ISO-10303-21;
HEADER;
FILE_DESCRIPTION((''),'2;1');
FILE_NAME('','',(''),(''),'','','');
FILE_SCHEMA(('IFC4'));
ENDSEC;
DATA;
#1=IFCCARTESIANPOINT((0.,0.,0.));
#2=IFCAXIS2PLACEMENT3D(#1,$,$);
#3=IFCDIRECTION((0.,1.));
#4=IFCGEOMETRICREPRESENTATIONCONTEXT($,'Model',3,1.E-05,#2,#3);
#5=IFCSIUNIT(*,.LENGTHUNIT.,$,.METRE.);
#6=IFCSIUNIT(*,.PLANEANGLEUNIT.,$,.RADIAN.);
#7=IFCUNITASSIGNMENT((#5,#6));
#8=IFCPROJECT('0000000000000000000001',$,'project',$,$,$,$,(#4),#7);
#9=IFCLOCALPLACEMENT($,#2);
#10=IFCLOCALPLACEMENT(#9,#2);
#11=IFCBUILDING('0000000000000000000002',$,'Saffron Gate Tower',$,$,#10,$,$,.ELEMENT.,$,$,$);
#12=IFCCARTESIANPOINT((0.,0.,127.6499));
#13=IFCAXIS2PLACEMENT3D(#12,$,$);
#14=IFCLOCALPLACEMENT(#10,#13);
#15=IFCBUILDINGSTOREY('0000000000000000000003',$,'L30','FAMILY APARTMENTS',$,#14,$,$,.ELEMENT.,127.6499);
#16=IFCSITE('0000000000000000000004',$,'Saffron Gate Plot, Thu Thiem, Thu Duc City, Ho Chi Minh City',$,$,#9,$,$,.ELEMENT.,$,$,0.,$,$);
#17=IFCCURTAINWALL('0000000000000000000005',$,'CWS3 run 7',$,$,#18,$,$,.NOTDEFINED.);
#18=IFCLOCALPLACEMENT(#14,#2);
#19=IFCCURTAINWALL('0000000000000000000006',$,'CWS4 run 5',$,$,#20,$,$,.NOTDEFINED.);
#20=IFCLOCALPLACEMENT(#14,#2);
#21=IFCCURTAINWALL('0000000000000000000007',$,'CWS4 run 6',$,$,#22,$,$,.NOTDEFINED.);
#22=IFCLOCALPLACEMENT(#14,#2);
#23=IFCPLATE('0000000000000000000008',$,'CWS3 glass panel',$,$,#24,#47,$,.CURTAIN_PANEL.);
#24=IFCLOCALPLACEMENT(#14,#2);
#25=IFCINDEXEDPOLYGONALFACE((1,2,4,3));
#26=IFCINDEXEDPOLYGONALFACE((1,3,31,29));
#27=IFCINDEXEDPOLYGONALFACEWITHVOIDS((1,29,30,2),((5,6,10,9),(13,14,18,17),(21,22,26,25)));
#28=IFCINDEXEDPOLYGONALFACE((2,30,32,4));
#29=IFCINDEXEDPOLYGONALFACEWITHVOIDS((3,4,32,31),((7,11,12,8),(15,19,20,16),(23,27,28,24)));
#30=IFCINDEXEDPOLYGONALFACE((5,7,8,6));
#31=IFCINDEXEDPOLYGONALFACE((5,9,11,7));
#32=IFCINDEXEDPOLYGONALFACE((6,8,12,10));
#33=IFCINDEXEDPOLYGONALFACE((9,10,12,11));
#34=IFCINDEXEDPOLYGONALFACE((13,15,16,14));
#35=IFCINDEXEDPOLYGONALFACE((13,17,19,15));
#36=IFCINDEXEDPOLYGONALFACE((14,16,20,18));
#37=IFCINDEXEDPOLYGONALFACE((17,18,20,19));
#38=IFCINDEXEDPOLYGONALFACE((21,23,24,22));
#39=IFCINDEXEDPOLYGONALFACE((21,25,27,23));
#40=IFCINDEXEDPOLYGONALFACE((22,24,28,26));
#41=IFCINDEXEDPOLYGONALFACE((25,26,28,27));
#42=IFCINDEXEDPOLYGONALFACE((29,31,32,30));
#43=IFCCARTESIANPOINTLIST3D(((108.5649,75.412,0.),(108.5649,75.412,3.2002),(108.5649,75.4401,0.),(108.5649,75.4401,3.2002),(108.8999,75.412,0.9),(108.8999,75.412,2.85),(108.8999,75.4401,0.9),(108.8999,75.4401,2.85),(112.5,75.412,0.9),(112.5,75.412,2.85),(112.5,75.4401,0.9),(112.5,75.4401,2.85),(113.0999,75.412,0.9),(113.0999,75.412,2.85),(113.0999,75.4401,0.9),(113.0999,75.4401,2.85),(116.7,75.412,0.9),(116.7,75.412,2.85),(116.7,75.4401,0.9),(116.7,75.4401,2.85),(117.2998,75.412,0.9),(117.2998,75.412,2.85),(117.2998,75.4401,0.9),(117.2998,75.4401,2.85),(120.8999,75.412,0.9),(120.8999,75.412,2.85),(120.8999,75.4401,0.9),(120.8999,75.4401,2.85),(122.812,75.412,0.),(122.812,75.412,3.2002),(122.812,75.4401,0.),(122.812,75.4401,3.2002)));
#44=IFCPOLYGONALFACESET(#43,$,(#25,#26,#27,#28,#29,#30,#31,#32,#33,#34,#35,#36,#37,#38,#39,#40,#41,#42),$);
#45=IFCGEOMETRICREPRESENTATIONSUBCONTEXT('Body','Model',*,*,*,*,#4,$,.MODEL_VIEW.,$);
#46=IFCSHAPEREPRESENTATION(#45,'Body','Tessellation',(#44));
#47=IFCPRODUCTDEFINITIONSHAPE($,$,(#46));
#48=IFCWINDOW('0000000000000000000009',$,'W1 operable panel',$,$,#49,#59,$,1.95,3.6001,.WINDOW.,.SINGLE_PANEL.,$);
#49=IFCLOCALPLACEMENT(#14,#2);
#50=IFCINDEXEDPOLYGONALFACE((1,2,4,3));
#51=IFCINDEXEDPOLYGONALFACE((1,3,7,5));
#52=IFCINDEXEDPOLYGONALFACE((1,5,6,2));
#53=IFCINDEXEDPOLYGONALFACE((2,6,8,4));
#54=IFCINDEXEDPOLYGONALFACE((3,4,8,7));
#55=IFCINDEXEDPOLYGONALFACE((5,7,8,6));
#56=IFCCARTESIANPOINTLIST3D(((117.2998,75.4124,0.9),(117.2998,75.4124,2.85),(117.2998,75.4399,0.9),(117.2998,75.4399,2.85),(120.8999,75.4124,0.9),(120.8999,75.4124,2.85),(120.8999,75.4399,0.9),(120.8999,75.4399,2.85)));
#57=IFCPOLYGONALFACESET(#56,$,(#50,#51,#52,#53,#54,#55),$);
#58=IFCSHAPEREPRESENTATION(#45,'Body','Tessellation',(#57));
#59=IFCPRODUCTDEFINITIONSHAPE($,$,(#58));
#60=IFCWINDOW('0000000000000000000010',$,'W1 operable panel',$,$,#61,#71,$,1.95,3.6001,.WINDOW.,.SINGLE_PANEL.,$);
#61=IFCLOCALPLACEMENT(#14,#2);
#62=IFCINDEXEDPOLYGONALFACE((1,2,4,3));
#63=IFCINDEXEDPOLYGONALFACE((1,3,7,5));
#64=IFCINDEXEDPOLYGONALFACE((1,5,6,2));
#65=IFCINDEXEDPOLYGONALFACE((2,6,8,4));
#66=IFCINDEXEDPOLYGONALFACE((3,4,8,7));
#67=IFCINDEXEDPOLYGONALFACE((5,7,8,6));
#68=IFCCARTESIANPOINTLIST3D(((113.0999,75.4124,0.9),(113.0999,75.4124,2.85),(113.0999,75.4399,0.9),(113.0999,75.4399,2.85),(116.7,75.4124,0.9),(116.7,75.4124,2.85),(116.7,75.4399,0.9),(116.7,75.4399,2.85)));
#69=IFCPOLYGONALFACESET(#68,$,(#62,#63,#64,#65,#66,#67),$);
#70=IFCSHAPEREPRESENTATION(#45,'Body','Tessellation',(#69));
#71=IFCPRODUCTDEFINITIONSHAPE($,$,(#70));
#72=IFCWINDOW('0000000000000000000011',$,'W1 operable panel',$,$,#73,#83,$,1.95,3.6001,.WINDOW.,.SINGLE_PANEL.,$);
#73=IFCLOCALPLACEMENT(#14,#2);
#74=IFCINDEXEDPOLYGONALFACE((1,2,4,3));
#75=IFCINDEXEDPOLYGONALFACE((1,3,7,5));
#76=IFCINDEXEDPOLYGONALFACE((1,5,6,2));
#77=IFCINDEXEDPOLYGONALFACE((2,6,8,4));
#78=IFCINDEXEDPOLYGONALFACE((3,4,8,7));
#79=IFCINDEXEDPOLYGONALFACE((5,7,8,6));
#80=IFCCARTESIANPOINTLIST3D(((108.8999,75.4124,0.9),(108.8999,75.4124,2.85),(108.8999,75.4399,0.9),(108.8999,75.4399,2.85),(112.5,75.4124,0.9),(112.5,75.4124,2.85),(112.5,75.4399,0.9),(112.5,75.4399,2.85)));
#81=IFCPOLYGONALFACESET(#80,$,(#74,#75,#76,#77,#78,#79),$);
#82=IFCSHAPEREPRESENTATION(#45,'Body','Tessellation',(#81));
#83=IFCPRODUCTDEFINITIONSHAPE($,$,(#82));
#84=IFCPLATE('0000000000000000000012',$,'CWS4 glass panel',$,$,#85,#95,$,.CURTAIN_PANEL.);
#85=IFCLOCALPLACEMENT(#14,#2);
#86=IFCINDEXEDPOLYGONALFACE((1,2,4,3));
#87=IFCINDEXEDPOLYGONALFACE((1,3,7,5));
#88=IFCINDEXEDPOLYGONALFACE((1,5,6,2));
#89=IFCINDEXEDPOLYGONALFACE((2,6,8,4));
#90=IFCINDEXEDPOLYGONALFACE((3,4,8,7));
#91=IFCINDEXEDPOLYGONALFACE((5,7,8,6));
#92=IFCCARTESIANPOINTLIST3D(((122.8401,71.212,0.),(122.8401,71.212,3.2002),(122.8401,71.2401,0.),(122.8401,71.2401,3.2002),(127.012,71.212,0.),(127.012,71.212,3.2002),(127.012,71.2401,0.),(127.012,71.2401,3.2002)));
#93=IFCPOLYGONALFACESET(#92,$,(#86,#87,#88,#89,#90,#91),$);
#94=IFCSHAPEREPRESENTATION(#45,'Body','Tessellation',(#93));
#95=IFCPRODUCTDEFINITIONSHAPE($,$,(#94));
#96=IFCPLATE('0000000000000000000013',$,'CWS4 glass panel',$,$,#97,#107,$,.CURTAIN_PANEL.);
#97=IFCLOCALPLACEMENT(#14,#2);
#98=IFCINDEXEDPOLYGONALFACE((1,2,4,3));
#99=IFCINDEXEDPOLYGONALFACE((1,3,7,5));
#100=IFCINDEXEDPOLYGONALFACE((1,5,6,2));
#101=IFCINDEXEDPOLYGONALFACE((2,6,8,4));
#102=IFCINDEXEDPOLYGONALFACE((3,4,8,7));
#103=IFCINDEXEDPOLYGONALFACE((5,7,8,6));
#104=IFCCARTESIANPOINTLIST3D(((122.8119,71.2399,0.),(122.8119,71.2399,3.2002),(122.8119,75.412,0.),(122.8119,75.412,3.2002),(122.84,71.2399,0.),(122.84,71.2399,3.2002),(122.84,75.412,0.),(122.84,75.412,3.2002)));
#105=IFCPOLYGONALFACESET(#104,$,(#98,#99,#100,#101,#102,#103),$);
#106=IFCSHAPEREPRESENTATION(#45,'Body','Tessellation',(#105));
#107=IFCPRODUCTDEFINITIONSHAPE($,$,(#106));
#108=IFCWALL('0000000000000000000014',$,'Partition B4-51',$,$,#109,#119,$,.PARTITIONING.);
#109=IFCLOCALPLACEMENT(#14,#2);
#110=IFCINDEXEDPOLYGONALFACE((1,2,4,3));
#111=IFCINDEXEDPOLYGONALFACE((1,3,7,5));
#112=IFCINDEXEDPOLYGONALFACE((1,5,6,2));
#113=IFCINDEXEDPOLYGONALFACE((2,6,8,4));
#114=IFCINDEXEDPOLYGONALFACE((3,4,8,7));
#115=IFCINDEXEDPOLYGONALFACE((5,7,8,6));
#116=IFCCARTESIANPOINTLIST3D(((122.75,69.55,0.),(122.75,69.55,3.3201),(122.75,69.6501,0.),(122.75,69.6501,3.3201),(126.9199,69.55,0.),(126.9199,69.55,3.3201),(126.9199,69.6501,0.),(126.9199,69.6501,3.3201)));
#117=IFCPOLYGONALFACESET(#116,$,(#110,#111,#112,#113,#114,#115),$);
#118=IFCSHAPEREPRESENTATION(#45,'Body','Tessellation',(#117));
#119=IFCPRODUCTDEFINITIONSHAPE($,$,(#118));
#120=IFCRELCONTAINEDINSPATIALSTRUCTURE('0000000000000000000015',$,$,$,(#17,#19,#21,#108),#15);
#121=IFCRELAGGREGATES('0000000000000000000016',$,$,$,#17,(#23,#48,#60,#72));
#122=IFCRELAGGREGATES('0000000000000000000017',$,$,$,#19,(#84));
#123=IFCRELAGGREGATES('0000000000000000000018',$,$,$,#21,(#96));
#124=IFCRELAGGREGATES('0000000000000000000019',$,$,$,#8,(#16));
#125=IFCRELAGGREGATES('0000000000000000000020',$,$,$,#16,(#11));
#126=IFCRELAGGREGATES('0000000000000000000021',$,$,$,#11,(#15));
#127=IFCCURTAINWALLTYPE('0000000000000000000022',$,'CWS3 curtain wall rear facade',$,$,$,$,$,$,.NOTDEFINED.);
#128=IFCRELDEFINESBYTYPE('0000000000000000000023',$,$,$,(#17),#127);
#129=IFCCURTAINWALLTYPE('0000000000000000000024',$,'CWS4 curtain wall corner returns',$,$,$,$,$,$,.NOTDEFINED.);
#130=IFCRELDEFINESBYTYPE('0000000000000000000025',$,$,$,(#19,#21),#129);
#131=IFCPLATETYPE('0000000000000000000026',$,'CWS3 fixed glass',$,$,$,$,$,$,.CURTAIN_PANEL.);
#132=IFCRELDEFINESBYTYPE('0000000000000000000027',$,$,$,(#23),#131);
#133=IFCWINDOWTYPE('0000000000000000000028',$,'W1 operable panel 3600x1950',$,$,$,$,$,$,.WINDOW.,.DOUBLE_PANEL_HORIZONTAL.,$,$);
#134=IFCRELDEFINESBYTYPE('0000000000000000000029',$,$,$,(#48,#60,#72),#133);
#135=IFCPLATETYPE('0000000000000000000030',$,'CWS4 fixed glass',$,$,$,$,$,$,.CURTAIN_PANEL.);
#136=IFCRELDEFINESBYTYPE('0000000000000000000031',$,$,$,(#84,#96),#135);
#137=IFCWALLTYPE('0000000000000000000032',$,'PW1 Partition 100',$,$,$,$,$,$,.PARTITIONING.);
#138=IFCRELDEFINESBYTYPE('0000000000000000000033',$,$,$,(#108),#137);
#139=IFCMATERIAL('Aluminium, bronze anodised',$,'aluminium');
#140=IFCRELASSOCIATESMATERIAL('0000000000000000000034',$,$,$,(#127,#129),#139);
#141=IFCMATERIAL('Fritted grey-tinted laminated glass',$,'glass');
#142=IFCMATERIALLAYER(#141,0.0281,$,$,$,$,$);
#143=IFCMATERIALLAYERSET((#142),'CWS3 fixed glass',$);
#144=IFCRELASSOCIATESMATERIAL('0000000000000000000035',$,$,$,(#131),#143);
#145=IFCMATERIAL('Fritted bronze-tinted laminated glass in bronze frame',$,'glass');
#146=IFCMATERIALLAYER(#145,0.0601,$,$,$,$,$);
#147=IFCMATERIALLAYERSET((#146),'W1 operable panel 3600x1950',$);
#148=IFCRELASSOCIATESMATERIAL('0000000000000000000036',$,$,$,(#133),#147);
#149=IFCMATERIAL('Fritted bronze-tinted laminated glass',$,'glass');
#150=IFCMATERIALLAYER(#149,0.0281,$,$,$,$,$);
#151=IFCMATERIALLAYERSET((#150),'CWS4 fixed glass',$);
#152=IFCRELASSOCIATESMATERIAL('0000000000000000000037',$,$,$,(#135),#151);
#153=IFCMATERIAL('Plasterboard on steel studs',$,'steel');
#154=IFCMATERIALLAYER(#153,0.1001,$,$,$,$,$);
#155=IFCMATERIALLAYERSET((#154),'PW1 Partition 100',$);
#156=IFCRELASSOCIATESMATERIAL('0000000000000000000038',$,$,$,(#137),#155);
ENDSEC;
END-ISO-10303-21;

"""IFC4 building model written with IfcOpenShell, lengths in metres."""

from ifc_helpers import new_model, si_unit, direction, frame, frame_2d, origin, place, context, subcontext, project, spatial, rectangle, extrude, material, layer, layer_set, type_object, element, fill, aggregate, save


model = new_model("IFC4")

# Units and contexts
model_context = context("Model", 3, precision=1e-05, world=origin(), true_north=direction((0.0, 1.0)))
body_context = subcontext(model_context, "Body", "Model", "MODEL_VIEW")
ifc_project = project(units=[si_unit("LENGTHUNIT", "METRE"), si_unit("PLANEANGLEUNIT", "RADIAN")], contexts=[model_context])

# Site, building, storey
site_placement = place(None, origin())
site = spatial("IfcSite", under=ifc_project, at=site_placement, Name="Saffron Gate Plot, Thu Thiem, Thu Duc City, Ho Chi Minh City", CompositionType="ELEMENT", RefElevation=0.0)
building_placement = place(site_placement, origin())
building = spatial("IfcBuilding", under=site, at=building_placement, Name="Saffron Gate Tower", CompositionType="ELEMENT")
storey_placement = place(building_placement, frame((0.0, 0.0, 127.6499)))
storey = spatial("IfcBuildingStorey", under=building, at=storey_placement, Name="L30", Description="FAMILY APARTMENTS", CompositionType="ELEMENT", Elevation=127.6499)

# Curtain walls
ifc_material_1 = material(Name="Aluminium, bronze anodised", Category="aluminium")
curtain_wall_type_1 = type_object("IfcCurtainWallType", Name="CWS3 curtain wall rear facade", PredefinedType="NOTDEFINED", material=ifc_material_1)
curtain_wall_1_placement = place(storey_placement, origin())
curtain_wall_1 = element("IfcCurtainWall", 1, at=curtain_wall_1_placement, inside=storey, type_object=curtain_wall_type_1, Name="CWS3 run 7", PredefinedType="NOTDEFINED")
curtain_wall_type_2 = type_object("IfcCurtainWallType", Name="CWS4 curtain wall corner returns", PredefinedType="NOTDEFINED", material=ifc_material_1)
curtain_wall_2_placement = place(storey_placement, origin())
curtain_wall_2 = element("IfcCurtainWall", 2, at=curtain_wall_2_placement, inside=storey, type_object=curtain_wall_type_2, Name="CWS4 run 5", PredefinedType="NOTDEFINED")
curtain_wall_3_placement = place(storey_placement, origin())
curtain_wall_3 = element("IfcCurtainWall", 3, at=curtain_wall_3_placement, inside=storey, type_object=curtain_wall_type_2, Name="CWS4 run 6", PredefinedType="NOTDEFINED")

# Plate, openings, windows
ifc_material_2 = material(Name="Fritted grey-tinted laminated glass", Category="glass")
ifc_layer_1 = layer(ifc_material_2, 0.0281)
ifc_layer_set_1 = layer_set([ifc_layer_1], Name="CWS3 fixed glass")
plate_type_1 = type_object("IfcPlateType", Name="CWS3 fixed glass", PredefinedType="CURTAIN_PANEL", material=ifc_layer_set_1)
plate_1_placement = place(storey_placement, frame((122.812, 75.426, 0.0), z_axis=(0.0, 0.0, 1.0), x_axis=(-1.0, 0.0, 0.0)))
plate_1 = element("IfcPlate", 4, at=plate_1_placement, type_object=plate_type_1, Name="CWS3 glass panel", PredefinedType="CURTAIN_PANEL", context=body_context, shape_type="SweptSolid", body=[
    extrude(rectangle(XDim=14.2471, YDim=0.0281, at=frame_2d((7.1235, 0.0))), origin(), (0.0, 0.0, 1.0), 3.2002),
])
opening_1_placement = place(plate_1_placement, frame((1.9121, 0.0, 0.8999)))
opening_1 = element("IfcOpeningElement", 5, at=opening_1_placement, cuts=plate_1, PredefinedType="OPENING", context=body_context, shape_type="SweptSolid", body=[
    extrude(rectangle(XDim=3.6001, YDim=1.95, at=frame_2d((1.8, 0.9751))), frame((0.0, 0.0239, 0.0), z_axis=(0.0, -1.0, 0.0), x_axis=(1.0, 0.0, 0.0)), (0.0, 0.0, 1.0), 0.0481),
])
opening_2_placement = place(plate_1_placement, frame((6.1121, 0.0, 0.8999)))
opening_2 = element("IfcOpeningElement", 6, at=opening_2_placement, cuts=plate_1, PredefinedType="OPENING", context=body_context, shape_type="SweptSolid", body=[
    extrude(rectangle(XDim=3.6001, YDim=1.95, at=frame_2d((1.8, 0.9751))), frame((0.0, 0.0239, 0.0), z_axis=(0.0, -1.0, 0.0), x_axis=(1.0, 0.0, 0.0)), (0.0, 0.0, 1.0), 0.0481),
])
opening_3_placement = place(plate_1_placement, frame((10.312, 0.0, 0.8999)))
opening_3 = element("IfcOpeningElement", 7, at=opening_3_placement, cuts=plate_1, PredefinedType="OPENING", context=body_context, shape_type="SweptSolid", body=[
    extrude(rectangle(XDim=3.6001, YDim=1.95, at=frame_2d((1.8, 0.9751))), frame((0.0, 0.0239, 0.0), z_axis=(0.0, -1.0, 0.0), x_axis=(1.0, 0.0, 0.0)), (0.0, 0.0, 1.0), 0.0481),
])
ifc_material_3 = material(Name="Fritted bronze-tinted laminated glass in bronze frame", Category="glass")
ifc_layer_2 = layer(ifc_material_3, 0.0601)
ifc_layer_set_2 = layer_set([ifc_layer_2], Name="W1 operable panel 3600x1950")
window_type = type_object("IfcWindowType", Name="W1 operable panel 3600x1950", PartitioningType="DOUBLE_PANEL_HORIZONTAL", PredefinedType="WINDOW", material=ifc_layer_set_2)
window_1_placement = place(opening_1_placement, origin())
window_1 = element("IfcWindow", 8, at=window_1_placement, type_object=window_type, Name="W1 operable panel", OverallHeight=1.95, OverallWidth=3.6001, PartitioningType="SINGLE_PANEL", PredefinedType="WINDOW", context=body_context, shape_type="SweptSolid", body=[
    extrude(rectangle(XDim=3.6001, YDim=1.95, at=frame_2d((1.8, 0.9751))), frame((0.0, 0.0137, 0.0), z_axis=(0.0, -1.0, 0.0), x_axis=(1.0, 0.0, 0.0)), (0.0, 0.0, 1.0), 0.0276),
])
fill(opening_1, window_1)
window_2_placement = place(opening_2_placement, origin())
window_2 = element("IfcWindow", 9, at=window_2_placement, type_object=window_type, Name="W1 operable panel", OverallHeight=1.95, OverallWidth=3.6001, PartitioningType="SINGLE_PANEL", PredefinedType="WINDOW", context=body_context, shape_type="SweptSolid", body=[
    extrude(rectangle(XDim=3.6001, YDim=1.95, at=frame_2d((1.8, 0.9751))), frame((0.0, 0.0137, 0.0), z_axis=(0.0, -1.0, 0.0), x_axis=(1.0, 0.0, 0.0)), (0.0, 0.0, 1.0), 0.0276),
])
fill(opening_2, window_2)
window_3_placement = place(opening_3_placement, origin())
window_3 = element("IfcWindow", 10, at=window_3_placement, type_object=window_type, Name="W1 operable panel", OverallHeight=1.95, OverallWidth=3.6001, PartitioningType="SINGLE_PANEL", PredefinedType="WINDOW", context=body_context, shape_type="SweptSolid", body=[
    extrude(rectangle(XDim=3.6001, YDim=1.95, at=frame_2d((1.8, 0.9751))), frame((0.0, 0.0137, 0.0), z_axis=(0.0, -1.0, 0.0), x_axis=(1.0, 0.0, 0.0)), (0.0, 0.0, 1.0), 0.0276),
])
fill(opening_3, window_3)
aggregate(curtain_wall_1, [plate_1, window_1, window_2, window_3])

# Plates
ifc_material_4 = material(Name="Fritted bronze-tinted laminated glass", Category="glass")
ifc_layer_3 = layer(ifc_material_4, 0.0281)
ifc_layer_set_3 = layer_set([ifc_layer_3], Name="CWS4 fixed glass")
plate_type_2 = type_object("IfcPlateType", Name="CWS4 fixed glass", PredefinedType="CURTAIN_PANEL", material=ifc_layer_set_3)
plate_2_placement = place(storey_placement, frame((127.012, 71.2261, 0.0), z_axis=(0.0, 0.0, 1.0), x_axis=(-1.0, 0.0, 0.0)))
plate_2 = element("IfcPlate", 11, at=plate_2_placement, type_object=plate_type_2, Name="CWS4 glass panel", PredefinedType="CURTAIN_PANEL", context=body_context, shape_type="SweptSolid", body=[
    extrude(rectangle(XDim=4.1719, YDim=0.0281, at=frame_2d((2.0859, 0.0))), origin(), (0.0, 0.0, 1.0), 3.2002),
])
aggregate(curtain_wall_2, [plate_2])
plate_3_placement = place(storey_placement, frame((122.8259, 71.24, 0.0), z_axis=(0.0, 0.0, 1.0), x_axis=(0.0, 1.0, 0.0)))
plate_3 = element("IfcPlate", 12, at=plate_3_placement, type_object=plate_type_2, Name="CWS4 glass panel", PredefinedType="CURTAIN_PANEL", context=body_context, shape_type="SweptSolid", body=[
    extrude(rectangle(XDim=4.1721, YDim=0.0281, at=frame_2d((2.0859, 0.0))), origin(), (0.0, 0.0, 1.0), 3.2002),
])
aggregate(curtain_wall_3, [plate_3])

# Wall
ifc_material_5 = material(Name="Plasterboard on steel studs", Category="steel")
ifc_layer_4 = layer(ifc_material_5, 0.1001)
ifc_layer_set_4 = layer_set([ifc_layer_4], Name="PW1 Partition 100")
wall_type = type_object("IfcWallType", Name="PW1 Partition 100", PredefinedType="PARTITIONING", material=ifc_layer_set_4)
wall_placement = place(storey_placement, frame((122.75, 69.6001, 0.0), z_axis=(0.0, 0.0, 1.0), x_axis=(1.0, 0.0, 0.0)))
element("IfcWall", 13, at=wall_placement, inside=storey, type_object=wall_type, Name="Partition B4-51", PredefinedType="PARTITIONING", context=body_context, shape_type="SweptSolid", body=[
    extrude(rectangle(XDim=4.1699, YDim=0.1001, at=frame_2d((2.085, 0.0))), origin(), (0.0, 0.0, 1.0), 3.3201),
])

save(model, "model.ifc")
